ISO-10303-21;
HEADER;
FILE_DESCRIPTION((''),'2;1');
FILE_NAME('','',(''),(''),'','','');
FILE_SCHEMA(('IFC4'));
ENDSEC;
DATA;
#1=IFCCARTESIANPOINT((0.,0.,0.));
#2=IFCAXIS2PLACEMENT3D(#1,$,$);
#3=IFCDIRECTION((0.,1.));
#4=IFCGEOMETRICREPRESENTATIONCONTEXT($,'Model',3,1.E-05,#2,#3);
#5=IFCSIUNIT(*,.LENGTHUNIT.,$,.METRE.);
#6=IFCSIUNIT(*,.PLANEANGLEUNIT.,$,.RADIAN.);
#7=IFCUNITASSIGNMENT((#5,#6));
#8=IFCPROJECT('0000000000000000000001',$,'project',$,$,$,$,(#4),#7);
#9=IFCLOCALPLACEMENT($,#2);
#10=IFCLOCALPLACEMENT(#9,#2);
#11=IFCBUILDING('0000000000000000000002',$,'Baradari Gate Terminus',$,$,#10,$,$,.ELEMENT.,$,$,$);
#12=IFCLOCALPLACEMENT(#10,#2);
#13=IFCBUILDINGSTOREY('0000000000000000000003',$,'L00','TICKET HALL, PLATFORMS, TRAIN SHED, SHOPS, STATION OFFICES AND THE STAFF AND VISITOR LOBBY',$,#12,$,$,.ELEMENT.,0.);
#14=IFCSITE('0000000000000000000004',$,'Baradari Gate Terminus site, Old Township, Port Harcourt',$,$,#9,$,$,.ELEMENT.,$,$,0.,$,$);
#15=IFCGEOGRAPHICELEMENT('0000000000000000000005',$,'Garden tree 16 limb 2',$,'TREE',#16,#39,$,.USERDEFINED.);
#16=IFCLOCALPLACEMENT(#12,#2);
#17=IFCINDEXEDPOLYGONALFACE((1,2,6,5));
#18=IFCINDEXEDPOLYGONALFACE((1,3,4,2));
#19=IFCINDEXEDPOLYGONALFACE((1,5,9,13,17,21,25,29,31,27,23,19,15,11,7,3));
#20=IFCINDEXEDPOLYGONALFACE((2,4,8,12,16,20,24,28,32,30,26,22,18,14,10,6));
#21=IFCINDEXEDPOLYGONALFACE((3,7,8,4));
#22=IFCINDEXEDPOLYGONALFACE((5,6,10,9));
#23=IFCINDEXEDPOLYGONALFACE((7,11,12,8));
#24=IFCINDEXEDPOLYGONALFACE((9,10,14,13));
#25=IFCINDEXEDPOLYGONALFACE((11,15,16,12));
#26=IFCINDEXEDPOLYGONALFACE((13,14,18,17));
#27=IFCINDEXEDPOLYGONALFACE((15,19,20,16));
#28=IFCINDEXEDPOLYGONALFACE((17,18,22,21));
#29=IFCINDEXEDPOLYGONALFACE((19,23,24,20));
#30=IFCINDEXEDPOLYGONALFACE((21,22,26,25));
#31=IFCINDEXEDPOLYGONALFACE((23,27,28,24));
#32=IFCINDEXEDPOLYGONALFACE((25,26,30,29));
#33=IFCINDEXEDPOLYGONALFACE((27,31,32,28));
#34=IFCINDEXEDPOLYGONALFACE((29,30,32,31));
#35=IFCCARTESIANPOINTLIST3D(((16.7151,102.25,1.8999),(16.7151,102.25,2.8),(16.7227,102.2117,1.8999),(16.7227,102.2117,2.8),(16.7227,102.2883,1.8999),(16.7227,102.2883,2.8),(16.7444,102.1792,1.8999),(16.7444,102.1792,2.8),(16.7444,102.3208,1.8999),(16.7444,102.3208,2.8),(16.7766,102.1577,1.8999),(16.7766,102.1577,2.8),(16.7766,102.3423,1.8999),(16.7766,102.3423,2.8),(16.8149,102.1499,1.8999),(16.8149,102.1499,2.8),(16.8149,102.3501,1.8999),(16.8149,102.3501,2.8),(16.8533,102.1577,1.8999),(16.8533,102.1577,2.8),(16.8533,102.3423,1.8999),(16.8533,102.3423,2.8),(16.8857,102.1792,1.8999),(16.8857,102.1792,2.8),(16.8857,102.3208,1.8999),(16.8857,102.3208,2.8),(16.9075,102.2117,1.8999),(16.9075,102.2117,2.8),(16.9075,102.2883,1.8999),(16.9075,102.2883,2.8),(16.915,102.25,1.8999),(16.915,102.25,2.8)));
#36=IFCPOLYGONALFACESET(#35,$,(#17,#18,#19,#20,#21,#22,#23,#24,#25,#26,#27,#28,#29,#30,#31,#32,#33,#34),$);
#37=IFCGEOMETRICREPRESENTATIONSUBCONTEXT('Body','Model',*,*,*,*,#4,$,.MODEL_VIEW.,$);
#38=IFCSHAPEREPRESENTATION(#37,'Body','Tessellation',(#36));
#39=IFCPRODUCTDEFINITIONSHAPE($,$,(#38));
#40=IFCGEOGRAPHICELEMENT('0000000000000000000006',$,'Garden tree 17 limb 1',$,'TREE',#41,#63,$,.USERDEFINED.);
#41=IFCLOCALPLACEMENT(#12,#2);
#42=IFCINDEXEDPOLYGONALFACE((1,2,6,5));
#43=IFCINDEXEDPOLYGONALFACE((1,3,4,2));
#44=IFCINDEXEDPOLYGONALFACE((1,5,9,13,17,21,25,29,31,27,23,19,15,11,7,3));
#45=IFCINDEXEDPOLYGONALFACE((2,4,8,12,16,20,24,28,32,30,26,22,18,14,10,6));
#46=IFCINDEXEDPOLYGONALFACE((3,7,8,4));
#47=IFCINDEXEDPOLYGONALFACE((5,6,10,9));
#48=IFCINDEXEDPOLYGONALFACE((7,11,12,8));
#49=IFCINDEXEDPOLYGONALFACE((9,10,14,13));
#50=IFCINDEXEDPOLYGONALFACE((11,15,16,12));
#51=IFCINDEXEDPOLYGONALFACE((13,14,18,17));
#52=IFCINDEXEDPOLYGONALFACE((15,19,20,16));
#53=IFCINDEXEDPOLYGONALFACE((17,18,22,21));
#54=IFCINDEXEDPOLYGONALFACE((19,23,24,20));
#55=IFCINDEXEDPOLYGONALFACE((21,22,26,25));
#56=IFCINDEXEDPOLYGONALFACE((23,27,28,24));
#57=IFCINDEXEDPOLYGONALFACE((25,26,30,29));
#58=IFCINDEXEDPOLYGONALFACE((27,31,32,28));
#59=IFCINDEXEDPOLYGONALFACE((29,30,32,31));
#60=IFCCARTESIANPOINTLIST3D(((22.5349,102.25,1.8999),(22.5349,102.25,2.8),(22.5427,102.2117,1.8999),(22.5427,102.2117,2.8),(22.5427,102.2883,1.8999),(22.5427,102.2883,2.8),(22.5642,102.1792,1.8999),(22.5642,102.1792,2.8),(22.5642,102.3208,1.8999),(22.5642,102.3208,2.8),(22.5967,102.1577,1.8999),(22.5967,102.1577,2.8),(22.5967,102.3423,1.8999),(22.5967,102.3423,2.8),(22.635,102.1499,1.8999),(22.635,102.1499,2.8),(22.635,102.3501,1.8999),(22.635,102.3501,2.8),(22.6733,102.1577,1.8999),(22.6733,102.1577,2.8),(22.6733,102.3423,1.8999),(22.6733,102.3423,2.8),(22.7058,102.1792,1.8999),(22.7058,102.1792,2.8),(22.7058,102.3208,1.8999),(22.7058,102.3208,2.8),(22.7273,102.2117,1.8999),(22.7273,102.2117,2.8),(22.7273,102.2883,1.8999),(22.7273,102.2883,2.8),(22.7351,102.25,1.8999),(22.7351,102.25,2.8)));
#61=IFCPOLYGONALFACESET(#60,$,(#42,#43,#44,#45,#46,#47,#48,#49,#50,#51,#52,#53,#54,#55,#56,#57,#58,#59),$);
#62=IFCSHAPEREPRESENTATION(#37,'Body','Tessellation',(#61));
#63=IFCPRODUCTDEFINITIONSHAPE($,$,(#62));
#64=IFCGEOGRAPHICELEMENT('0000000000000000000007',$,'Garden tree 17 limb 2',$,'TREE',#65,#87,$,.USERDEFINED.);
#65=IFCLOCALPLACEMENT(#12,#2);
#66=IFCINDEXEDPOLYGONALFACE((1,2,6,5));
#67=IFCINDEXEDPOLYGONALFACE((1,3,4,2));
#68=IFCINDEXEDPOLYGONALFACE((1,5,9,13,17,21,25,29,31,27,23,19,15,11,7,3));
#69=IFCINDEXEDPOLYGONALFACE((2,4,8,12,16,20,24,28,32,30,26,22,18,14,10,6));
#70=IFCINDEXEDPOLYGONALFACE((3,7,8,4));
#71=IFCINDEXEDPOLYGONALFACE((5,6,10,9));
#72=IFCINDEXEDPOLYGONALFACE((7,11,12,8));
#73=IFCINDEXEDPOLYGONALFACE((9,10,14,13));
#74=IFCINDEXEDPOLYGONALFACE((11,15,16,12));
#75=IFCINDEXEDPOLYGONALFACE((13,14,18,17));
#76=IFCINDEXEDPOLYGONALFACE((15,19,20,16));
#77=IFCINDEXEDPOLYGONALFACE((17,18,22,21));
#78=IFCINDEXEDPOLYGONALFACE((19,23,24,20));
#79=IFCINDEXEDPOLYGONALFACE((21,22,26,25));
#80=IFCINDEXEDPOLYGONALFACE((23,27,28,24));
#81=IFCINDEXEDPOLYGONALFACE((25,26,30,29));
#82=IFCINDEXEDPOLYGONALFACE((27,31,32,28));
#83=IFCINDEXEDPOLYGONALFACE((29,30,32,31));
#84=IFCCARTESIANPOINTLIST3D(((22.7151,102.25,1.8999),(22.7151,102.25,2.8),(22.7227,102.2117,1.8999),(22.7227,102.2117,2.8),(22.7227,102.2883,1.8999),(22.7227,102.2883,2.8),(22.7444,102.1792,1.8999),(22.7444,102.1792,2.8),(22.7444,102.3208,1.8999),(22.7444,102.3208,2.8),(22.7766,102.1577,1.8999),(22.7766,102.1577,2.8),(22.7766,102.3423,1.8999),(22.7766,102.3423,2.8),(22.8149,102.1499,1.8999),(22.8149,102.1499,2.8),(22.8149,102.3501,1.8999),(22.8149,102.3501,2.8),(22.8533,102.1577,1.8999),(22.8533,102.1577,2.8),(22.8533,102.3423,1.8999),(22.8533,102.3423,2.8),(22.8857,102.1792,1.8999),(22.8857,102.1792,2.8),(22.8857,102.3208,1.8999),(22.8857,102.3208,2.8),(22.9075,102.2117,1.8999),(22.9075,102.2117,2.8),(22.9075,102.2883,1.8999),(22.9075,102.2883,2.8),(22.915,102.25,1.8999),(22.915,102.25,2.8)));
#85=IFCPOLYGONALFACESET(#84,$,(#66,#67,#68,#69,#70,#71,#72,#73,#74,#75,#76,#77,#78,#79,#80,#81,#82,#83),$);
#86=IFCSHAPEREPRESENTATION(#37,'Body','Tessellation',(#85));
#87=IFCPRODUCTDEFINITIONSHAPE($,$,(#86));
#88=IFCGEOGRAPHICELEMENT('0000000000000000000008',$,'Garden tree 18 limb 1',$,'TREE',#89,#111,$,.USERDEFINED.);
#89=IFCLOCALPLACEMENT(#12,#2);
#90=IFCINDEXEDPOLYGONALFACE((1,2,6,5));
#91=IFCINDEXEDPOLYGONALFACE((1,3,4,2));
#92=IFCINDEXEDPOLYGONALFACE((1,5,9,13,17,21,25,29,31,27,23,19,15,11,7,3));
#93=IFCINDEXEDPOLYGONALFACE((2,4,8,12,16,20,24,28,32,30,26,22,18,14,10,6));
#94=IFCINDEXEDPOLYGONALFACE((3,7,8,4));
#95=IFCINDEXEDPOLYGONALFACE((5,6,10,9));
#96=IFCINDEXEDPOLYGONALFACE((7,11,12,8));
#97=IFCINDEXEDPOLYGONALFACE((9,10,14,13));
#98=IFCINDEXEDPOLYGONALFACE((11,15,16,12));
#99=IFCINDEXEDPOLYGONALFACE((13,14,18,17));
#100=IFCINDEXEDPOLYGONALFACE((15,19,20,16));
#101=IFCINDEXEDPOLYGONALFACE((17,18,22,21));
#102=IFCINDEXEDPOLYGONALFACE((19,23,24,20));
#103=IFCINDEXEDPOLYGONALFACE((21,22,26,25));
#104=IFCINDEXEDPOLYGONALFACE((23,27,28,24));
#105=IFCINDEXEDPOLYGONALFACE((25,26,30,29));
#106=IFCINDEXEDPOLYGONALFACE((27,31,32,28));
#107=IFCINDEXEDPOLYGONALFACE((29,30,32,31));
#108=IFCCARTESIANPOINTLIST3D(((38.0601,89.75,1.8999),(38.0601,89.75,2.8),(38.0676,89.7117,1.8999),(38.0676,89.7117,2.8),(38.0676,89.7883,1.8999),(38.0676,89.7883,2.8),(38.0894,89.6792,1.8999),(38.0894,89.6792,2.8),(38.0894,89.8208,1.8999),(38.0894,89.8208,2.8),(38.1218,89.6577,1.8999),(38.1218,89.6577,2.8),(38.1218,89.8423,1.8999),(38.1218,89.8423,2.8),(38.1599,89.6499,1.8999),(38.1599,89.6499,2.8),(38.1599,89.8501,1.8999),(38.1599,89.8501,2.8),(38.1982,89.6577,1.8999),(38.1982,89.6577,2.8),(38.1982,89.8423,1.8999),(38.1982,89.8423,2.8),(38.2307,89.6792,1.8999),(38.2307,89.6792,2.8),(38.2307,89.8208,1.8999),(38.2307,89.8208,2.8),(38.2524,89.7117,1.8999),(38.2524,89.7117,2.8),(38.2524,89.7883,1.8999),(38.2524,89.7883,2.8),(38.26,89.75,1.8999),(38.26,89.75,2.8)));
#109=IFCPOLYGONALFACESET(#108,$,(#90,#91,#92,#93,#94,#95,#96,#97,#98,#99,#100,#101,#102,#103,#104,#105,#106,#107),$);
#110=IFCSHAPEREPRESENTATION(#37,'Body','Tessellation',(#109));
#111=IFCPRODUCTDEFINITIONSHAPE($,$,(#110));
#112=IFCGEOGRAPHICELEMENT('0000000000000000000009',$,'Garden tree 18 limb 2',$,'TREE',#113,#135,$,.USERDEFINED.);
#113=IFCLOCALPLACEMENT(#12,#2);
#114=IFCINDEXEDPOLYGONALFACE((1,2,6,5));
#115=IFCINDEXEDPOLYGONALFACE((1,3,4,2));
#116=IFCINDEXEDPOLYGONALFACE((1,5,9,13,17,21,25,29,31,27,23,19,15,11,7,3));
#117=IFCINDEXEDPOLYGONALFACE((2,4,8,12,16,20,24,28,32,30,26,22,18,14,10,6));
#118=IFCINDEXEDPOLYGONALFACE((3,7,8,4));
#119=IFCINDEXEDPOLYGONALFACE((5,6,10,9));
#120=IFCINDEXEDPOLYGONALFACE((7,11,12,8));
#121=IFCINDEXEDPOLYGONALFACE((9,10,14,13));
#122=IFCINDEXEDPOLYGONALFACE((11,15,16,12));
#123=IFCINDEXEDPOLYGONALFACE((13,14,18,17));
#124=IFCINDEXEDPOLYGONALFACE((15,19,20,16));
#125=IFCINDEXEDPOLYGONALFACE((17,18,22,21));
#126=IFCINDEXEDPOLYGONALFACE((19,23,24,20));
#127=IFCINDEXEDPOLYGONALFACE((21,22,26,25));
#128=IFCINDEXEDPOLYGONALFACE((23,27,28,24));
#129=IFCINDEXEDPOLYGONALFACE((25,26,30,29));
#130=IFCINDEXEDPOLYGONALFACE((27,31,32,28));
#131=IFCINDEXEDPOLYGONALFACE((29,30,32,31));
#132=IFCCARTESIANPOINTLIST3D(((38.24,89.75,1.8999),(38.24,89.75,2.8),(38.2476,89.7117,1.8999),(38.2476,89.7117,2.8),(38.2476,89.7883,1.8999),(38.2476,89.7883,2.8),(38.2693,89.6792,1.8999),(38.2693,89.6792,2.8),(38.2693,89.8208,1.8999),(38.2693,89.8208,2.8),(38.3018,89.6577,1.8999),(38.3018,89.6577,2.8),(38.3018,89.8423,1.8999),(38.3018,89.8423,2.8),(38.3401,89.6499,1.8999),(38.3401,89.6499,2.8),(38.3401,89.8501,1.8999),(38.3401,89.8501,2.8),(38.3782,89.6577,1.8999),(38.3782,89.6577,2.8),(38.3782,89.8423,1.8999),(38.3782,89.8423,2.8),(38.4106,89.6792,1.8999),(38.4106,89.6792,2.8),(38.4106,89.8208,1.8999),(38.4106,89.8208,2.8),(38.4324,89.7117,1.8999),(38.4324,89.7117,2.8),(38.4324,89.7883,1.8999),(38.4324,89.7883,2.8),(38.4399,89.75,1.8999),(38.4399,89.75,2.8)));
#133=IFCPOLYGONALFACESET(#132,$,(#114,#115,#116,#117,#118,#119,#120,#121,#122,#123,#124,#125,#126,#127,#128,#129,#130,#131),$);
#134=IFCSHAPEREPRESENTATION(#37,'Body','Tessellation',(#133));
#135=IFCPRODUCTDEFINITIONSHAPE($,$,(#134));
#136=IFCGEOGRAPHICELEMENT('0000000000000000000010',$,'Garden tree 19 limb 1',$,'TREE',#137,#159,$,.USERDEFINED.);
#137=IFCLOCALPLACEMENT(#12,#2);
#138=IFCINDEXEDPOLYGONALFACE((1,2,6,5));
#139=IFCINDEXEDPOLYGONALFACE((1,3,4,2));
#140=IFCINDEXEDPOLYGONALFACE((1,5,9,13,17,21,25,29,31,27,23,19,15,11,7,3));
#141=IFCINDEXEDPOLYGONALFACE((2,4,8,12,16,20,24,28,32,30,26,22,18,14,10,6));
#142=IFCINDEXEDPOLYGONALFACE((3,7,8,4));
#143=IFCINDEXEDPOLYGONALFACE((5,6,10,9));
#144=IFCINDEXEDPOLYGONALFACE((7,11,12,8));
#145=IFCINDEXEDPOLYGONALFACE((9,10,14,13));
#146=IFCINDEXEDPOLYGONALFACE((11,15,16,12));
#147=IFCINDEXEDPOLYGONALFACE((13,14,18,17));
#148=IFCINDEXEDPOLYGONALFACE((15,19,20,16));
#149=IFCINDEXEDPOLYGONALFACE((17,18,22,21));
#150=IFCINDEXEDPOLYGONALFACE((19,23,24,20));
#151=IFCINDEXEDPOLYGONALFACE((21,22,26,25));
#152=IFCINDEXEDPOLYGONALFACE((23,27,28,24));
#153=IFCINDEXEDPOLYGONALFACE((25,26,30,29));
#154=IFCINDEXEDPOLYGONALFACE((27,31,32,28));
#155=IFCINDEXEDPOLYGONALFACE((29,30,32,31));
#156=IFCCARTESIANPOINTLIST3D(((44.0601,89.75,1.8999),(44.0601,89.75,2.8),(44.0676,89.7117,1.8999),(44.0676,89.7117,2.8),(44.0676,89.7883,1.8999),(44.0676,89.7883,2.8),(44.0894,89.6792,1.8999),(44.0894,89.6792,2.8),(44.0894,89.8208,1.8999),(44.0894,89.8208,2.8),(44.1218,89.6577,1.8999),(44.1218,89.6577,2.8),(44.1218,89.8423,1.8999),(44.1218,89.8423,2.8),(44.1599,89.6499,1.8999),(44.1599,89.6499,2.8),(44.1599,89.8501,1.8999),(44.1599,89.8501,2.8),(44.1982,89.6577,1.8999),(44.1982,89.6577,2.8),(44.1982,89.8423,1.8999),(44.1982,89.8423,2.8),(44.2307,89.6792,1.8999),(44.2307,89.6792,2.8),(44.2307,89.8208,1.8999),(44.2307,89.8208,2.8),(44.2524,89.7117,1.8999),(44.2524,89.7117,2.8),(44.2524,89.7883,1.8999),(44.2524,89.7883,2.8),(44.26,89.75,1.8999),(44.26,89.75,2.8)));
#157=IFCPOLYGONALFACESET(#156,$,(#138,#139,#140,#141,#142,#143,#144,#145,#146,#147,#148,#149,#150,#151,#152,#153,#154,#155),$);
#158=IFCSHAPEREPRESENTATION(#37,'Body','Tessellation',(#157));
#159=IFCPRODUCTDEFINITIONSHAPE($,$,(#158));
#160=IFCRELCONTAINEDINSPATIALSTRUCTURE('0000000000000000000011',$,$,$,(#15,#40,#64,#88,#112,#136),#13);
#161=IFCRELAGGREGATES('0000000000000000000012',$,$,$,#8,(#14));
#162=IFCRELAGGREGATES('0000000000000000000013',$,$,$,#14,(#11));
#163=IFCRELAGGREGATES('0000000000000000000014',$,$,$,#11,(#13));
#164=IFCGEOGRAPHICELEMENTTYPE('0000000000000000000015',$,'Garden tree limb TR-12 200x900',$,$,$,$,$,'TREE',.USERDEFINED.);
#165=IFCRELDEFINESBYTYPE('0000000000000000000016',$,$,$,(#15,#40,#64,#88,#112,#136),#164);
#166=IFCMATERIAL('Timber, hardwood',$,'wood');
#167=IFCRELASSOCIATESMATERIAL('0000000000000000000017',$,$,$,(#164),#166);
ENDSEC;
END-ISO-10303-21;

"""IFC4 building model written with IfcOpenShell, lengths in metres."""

from ifc_helpers import new_model, si_unit, direction, frame, origin, place, context, subcontext, project, spatial, polyline, outline, extrude, material, type_object, element, save


model = new_model("IFC4")

# Units and contexts
model_context = context("Model", 3, precision=1e-05, world=origin(), true_north=direction((0.0, 1.0)))
body_context = subcontext(model_context, "Body", "Model", "MODEL_VIEW")
ifc_project = project(units=[si_unit("LENGTHUNIT", "METRE"), si_unit("PLANEANGLEUNIT", "RADIAN")], contexts=[model_context])

# Site, building, storey
site_placement = place(None, origin())
site = spatial("IfcSite", under=ifc_project, at=site_placement, Name="Baradari Gate Terminus site, Old Township, Port Harcourt", CompositionType="ELEMENT", RefElevation=0.0)
building_placement = place(site_placement, origin())
building = spatial("IfcBuilding", under=site, at=building_placement, Name="Baradari Gate Terminus", CompositionType="ELEMENT")
storey_placement = place(building_placement, origin())
storey = spatial("IfcBuildingStorey", under=building, at=storey_placement, Name="L00", Description="TICKET HALL, PLATFORMS, TRAIN SHED, SHOPS, STATION OFFICES AND THE STAFF AND VISITOR LOBBY", CompositionType="ELEMENT", Elevation=0.0)

# Geographic elements
ifc_material = material(Name="Timber, hardwood", Category="wood")
geographic_element_type = type_object("IfcGeographicElementType", Name="Garden tree limb TR-12 200x900", ElementType="TREE", PredefinedType="USERDEFINED", material=ifc_material)
geographic_element_1_placement = place(storey_placement, frame((0.0, 0.0, 1.8999)))
element("IfcGeographicElement", 1, at=geographic_element_1_placement, inside=storey, type_object=geographic_element_type, Name="Garden tree 16 limb 2", ObjectType="TREE", PredefinedType="USERDEFINED", context=body_context, shape_type="SweptSolid", body=[
    extrude(outline(polyline([(16.915, 102.25), (16.9075, 102.2883), (16.8857, 102.3208), (16.8533, 102.3423), (16.8149, 102.3501), (16.7766, 102.3423), (16.7444, 102.3208), (16.7227, 102.2883), (16.7151, 102.25), (16.7227, 102.2117), (16.7444, 102.1792), (16.7766, 102.1577), (16.8149, 102.1499), (16.8533, 102.1577), (16.8857, 102.1792), (16.9075, 102.2117), (16.915, 102.25)])), origin(), (0.0, 0.0, 1.0), 0.9001),
])
geographic_element_2_placement = place(storey_placement, frame((0.0, 0.0, 1.8999)))
element("IfcGeographicElement", 2, at=geographic_element_2_placement, inside=storey, type_object=geographic_element_type, Name="Garden tree 17 limb 1", ObjectType="TREE", PredefinedType="USERDEFINED", context=body_context, shape_type="SweptSolid", body=[
    extrude(outline(polyline([(22.7351, 102.25), (22.7273, 102.2883), (22.7058, 102.3208), (22.6733, 102.3423), (22.635, 102.3501), (22.5967, 102.3423), (22.5642, 102.3208), (22.5427, 102.2883), (22.5349, 102.25), (22.5427, 102.2117), (22.5642, 102.1792), (22.5967, 102.1577), (22.635, 102.1499), (22.6733, 102.1577), (22.7058, 102.1792), (22.7273, 102.2117), (22.7351, 102.25)])), origin(), (0.0, 0.0, 1.0), 0.9001),
])
geographic_element_3_placement = place(storey_placement, frame((0.0, 0.0, 1.8999)))
element("IfcGeographicElement", 3, at=geographic_element_3_placement, inside=storey, type_object=geographic_element_type, Name="Garden tree 17 limb 2", ObjectType="TREE", PredefinedType="USERDEFINED", context=body_context, shape_type="SweptSolid", body=[
    extrude(outline(polyline([(22.915, 102.25), (22.9075, 102.2883), (22.8857, 102.3208), (22.8533, 102.3423), (22.8149, 102.3501), (22.7766, 102.3423), (22.7444, 102.3208), (22.7227, 102.2883), (22.7151, 102.25), (22.7227, 102.2117), (22.7444, 102.1792), (22.7766, 102.1577), (22.8149, 102.1499), (22.8533, 102.1577), (22.8857, 102.1792), (22.9075, 102.2117), (22.915, 102.25)])), origin(), (0.0, 0.0, 1.0), 0.9001),
])
geographic_element_4_placement = place(storey_placement, frame((0.0, 0.0, 1.8999)))
element("IfcGeographicElement", 4, at=geographic_element_4_placement, inside=storey, type_object=geographic_element_type, Name="Garden tree 18 limb 1", ObjectType="TREE", PredefinedType="USERDEFINED", context=body_context, shape_type="SweptSolid", body=[
    extrude(outline(polyline([(38.26, 89.75), (38.2524, 89.7883), (38.2307, 89.8208), (38.1982, 89.8423), (38.1599, 89.8501), (38.1218, 89.8423), (38.0894, 89.8208), (38.0676, 89.7883), (38.0601, 89.75), (38.0676, 89.7117), (38.0894, 89.6792), (38.1218, 89.6577), (38.1599, 89.6499), (38.1982, 89.6577), (38.2307, 89.6792), (38.2524, 89.7117), (38.26, 89.75)])), origin(), (0.0, 0.0, 1.0), 0.9001),
])
geographic_element_5_placement = place(storey_placement, frame((0.0, 0.0, 1.8999)))
element("IfcGeographicElement", 5, at=geographic_element_5_placement, inside=storey, type_object=geographic_element_type, Name="Garden tree 18 limb 2", ObjectType="TREE", PredefinedType="USERDEFINED", context=body_context, shape_type="SweptSolid", body=[
    extrude(outline(polyline([(38.4399, 89.75), (38.4324, 89.7883), (38.4106, 89.8208), (38.3782, 89.8423), (38.3401, 89.8501), (38.3018, 89.8423), (38.2693, 89.8208), (38.2476, 89.7883), (38.24, 89.75), (38.2476, 89.7117), (38.2693, 89.6792), (38.3018, 89.6577), (38.3401, 89.6499), (38.3782, 89.6577), (38.4106, 89.6792), (38.4324, 89.7117), (38.4399, 89.75)])), origin(), (0.0, 0.0, 1.0), 0.9001),
])
geographic_element_6_placement = place(storey_placement, frame((0.0, 0.0, 1.8999)))
element("IfcGeographicElement", 6, at=geographic_element_6_placement, inside=storey, type_object=geographic_element_type, Name="Garden tree 19 limb 1", ObjectType="TREE", PredefinedType="USERDEFINED", context=body_context, shape_type="SweptSolid", body=[
    extrude(outline(polyline([(44.26, 89.75), (44.2524, 89.7883), (44.2307, 89.8208), (44.1982, 89.8423), (44.1599, 89.8501), (44.1218, 89.8423), (44.0894, 89.8208), (44.0676, 89.7883), (44.0601, 89.75), (44.0676, 89.7117), (44.0894, 89.6792), (44.1218, 89.6577), (44.1599, 89.6499), (44.1982, 89.6577), (44.2307, 89.6792), (44.2524, 89.7117), (44.26, 89.75)])), origin(), (0.0, 0.0, 1.0), 0.9001),
])

save(model, "model.ifc")
